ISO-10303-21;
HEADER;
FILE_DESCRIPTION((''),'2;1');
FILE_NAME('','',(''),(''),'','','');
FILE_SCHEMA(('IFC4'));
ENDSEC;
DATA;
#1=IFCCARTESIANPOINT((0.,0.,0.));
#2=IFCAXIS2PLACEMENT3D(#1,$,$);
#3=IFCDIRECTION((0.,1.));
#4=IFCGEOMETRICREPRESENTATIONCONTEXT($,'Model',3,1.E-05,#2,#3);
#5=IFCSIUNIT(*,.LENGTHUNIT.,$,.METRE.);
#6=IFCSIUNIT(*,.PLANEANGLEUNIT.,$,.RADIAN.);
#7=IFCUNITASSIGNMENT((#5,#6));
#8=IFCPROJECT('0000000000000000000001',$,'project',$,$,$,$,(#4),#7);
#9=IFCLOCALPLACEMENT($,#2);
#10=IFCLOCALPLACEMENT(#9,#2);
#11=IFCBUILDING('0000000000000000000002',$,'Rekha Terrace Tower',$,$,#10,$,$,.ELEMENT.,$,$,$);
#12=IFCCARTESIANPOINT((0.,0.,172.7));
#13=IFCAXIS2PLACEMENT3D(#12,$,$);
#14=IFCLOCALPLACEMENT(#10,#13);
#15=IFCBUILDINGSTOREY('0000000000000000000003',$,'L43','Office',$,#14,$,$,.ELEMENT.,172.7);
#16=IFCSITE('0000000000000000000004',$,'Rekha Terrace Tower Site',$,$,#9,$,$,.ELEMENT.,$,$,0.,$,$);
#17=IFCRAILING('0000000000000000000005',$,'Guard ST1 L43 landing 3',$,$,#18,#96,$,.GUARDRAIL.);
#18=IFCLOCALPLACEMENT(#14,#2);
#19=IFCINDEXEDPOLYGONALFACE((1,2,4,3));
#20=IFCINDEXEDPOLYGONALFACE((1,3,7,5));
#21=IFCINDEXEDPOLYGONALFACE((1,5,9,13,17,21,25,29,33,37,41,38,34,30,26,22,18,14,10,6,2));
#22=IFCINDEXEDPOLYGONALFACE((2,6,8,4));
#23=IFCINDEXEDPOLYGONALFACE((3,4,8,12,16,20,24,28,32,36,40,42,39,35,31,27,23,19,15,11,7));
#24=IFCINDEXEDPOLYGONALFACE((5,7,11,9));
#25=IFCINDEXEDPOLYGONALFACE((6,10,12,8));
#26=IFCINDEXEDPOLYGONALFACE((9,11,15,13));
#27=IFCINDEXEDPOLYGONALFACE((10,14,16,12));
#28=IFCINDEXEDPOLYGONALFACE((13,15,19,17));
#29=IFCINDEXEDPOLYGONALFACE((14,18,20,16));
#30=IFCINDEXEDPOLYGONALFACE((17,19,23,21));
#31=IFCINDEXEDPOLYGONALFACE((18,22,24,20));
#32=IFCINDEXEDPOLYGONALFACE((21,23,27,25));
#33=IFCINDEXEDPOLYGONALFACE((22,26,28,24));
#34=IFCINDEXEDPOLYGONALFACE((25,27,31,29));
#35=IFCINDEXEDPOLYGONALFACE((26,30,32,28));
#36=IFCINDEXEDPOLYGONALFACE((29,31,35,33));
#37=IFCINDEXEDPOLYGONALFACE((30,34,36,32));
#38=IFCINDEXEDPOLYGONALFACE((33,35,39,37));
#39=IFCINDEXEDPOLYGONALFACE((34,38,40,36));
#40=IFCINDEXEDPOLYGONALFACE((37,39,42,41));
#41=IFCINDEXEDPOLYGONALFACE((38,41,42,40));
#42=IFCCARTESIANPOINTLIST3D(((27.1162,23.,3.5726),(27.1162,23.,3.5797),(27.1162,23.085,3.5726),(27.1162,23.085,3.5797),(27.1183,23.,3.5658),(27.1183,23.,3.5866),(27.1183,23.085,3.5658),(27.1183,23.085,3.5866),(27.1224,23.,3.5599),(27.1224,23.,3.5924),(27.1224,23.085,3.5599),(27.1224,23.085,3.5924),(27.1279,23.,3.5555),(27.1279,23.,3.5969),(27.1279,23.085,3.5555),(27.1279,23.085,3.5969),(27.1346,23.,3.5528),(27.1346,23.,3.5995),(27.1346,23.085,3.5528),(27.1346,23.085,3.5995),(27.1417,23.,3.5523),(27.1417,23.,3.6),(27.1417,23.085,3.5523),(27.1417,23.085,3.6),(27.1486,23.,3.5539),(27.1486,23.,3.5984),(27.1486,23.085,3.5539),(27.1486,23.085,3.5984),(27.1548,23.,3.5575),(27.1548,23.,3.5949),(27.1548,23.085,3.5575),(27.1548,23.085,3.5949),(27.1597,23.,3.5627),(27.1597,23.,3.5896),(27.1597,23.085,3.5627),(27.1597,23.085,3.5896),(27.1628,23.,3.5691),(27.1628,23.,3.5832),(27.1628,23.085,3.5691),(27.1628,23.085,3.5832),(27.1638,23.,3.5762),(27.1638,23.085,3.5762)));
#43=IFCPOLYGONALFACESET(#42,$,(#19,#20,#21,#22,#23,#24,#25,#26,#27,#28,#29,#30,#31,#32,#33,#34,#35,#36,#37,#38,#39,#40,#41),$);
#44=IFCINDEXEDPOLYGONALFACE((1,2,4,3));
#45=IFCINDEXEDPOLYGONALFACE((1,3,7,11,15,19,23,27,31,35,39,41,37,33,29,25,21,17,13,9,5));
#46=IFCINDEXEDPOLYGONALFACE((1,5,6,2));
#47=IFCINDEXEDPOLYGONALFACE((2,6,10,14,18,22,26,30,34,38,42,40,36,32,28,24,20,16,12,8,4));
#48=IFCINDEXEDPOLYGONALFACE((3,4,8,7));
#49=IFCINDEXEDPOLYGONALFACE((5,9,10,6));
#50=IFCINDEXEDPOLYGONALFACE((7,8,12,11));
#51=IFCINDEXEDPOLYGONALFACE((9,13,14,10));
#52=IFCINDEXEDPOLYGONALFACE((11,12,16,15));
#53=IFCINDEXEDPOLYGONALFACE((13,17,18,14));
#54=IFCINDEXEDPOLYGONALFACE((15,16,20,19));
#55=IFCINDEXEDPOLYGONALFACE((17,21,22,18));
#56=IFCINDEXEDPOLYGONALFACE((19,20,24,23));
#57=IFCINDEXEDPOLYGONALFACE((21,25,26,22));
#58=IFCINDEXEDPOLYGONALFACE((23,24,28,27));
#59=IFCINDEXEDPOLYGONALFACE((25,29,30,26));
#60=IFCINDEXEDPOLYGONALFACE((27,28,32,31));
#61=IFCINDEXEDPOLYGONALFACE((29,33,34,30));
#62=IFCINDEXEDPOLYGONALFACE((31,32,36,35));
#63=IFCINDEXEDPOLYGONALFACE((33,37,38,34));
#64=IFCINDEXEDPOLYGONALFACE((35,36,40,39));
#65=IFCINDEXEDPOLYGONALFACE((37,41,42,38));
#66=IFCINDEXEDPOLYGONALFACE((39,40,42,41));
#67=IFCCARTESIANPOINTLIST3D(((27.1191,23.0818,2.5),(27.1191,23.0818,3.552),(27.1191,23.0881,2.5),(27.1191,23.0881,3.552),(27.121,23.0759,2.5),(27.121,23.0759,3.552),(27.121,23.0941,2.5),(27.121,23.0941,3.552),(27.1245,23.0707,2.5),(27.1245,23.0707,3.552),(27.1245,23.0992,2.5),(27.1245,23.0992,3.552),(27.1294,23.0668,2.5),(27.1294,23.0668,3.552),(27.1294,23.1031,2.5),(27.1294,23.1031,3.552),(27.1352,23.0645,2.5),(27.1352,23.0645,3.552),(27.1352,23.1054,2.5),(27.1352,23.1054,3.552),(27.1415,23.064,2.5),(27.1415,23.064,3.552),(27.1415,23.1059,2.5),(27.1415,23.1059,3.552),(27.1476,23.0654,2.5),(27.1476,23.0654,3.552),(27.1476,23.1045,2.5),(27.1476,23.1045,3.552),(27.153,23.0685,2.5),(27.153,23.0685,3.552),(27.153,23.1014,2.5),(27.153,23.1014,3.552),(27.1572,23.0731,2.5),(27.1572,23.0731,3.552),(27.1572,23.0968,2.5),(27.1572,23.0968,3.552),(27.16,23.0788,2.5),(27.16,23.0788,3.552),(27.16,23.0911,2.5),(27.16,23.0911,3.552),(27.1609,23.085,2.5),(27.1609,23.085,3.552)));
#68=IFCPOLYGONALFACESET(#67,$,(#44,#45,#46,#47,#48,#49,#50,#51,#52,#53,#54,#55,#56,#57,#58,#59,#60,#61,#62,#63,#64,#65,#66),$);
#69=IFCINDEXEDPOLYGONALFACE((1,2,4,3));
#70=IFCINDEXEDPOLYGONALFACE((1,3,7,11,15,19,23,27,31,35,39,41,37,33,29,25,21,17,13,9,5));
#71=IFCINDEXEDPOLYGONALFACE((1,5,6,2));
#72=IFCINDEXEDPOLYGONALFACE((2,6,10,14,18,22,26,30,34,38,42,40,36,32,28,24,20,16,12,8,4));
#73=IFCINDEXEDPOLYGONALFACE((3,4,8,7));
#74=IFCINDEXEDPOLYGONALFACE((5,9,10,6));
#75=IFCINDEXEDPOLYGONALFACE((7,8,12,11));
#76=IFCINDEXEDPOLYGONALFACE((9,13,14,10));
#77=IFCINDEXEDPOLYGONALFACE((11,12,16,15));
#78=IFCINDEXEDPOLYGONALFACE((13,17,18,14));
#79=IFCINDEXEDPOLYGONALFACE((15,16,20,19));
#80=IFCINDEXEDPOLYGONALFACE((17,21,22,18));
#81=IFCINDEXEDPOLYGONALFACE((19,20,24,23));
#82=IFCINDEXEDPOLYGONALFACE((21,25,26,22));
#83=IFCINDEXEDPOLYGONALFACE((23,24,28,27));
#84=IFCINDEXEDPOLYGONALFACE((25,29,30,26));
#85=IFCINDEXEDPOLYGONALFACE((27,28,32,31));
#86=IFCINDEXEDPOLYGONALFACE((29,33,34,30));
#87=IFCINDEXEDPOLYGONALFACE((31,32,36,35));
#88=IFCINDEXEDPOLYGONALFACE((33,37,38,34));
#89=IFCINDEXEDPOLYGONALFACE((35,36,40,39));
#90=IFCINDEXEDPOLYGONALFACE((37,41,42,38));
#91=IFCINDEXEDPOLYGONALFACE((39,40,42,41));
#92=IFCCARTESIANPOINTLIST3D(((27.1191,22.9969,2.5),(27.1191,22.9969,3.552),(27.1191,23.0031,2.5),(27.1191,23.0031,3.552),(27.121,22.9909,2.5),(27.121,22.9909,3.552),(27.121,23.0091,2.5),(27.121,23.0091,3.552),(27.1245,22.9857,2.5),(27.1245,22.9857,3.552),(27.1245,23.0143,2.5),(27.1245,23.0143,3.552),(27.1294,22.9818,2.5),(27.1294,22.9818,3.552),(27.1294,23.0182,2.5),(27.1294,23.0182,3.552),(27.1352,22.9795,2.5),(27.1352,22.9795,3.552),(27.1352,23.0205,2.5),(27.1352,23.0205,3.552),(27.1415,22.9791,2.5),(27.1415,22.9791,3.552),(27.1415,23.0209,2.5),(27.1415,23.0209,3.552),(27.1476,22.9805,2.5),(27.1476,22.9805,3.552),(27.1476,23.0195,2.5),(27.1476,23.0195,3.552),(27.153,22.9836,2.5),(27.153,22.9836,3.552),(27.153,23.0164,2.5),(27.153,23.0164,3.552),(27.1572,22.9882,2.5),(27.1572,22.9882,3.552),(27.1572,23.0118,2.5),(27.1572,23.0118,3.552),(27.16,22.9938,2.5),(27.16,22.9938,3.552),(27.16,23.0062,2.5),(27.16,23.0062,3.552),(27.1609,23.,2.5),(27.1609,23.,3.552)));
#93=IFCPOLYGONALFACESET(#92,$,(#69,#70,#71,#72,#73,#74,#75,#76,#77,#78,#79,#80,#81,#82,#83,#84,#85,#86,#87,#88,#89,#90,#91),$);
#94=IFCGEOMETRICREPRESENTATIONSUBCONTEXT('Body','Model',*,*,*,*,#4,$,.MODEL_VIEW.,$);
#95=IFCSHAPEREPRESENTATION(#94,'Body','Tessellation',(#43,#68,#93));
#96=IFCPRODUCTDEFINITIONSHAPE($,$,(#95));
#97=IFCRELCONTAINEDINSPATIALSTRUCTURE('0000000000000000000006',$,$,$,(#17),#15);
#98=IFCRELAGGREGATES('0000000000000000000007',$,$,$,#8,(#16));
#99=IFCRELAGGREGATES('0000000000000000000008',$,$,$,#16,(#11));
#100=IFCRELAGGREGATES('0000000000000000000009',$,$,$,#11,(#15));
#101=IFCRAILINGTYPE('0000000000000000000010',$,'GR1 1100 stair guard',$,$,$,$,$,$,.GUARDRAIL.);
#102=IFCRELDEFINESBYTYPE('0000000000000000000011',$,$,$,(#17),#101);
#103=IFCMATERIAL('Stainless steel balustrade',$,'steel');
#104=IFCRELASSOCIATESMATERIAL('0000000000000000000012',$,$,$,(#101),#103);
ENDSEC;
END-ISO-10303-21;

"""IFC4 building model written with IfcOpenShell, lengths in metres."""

from ifc_helpers import new_model, si_unit, direction, frame, origin, origin_2d, place, context, subcontext, project, spatial, circle, extrude, material, type_object, element, save


model = new_model("IFC4")

# Units and contexts
model_context = context("Model", 3, precision=1e-05, world=origin(), true_north=direction((0.0, 1.0)))
body_context = subcontext(model_context, "Body", "Model", "MODEL_VIEW")
ifc_project = project(units=[si_unit("LENGTHUNIT", "METRE"), si_unit("PLANEANGLEUNIT", "RADIAN")], contexts=[model_context])

# Site, building, storey
site_placement = place(None, origin())
site = spatial("IfcSite", under=ifc_project, at=site_placement, Name="Rekha Terrace Tower Site", CompositionType="ELEMENT", RefElevation=0.0)
building_placement = place(site_placement, origin())
building = spatial("IfcBuilding", under=site, at=building_placement, Name="Rekha Terrace Tower", CompositionType="ELEMENT")
storey_placement = place(building_placement, frame((0.0, 0.0, 172.7)))
storey = spatial("IfcBuildingStorey", under=building, at=storey_placement, Name="L43", Description="Office", CompositionType="ELEMENT", Elevation=172.7)

# Railing
ifc_material_1 = material(Name="Stainless steel balustrade", Category="steel")
railing_type_1 = type_object("IfcRailingType", Name="GR1 1100 stair guard", PredefinedType="GUARDRAIL", material=ifc_material_1)
railing_1_placement = place(storey_placement, frame((27.1399, 23.085, 2.5)))
element("IfcRailing", 1, at=railing_1_placement, inside=storey, type_object=railing_type_1, Name="Guard ST1 L43 landing 3", PredefinedType="GUARDRAIL", context=body_context, shape_type="SweptSolid", body=[
    extrude(circle(Radius=0.0239, at=origin_2d()), frame((0.0, 0.0, 1.0762), z_axis=(0.0, -1.0, 0.0), x_axis=(1.0, 0.0, 0.0)), (0.0, 0.0, 1.0), 0.085),
    extrude(circle(Radius=0.021, at=origin_2d()), origin(), (0.0, 0.0, 1.0), 1.052),
    extrude(circle(Radius=0.021, at=origin_2d()), frame((0.0, -0.085, 0.0)), (0.0, 0.0, 1.0), 1.052),
])

save(model, "model.ifc")
